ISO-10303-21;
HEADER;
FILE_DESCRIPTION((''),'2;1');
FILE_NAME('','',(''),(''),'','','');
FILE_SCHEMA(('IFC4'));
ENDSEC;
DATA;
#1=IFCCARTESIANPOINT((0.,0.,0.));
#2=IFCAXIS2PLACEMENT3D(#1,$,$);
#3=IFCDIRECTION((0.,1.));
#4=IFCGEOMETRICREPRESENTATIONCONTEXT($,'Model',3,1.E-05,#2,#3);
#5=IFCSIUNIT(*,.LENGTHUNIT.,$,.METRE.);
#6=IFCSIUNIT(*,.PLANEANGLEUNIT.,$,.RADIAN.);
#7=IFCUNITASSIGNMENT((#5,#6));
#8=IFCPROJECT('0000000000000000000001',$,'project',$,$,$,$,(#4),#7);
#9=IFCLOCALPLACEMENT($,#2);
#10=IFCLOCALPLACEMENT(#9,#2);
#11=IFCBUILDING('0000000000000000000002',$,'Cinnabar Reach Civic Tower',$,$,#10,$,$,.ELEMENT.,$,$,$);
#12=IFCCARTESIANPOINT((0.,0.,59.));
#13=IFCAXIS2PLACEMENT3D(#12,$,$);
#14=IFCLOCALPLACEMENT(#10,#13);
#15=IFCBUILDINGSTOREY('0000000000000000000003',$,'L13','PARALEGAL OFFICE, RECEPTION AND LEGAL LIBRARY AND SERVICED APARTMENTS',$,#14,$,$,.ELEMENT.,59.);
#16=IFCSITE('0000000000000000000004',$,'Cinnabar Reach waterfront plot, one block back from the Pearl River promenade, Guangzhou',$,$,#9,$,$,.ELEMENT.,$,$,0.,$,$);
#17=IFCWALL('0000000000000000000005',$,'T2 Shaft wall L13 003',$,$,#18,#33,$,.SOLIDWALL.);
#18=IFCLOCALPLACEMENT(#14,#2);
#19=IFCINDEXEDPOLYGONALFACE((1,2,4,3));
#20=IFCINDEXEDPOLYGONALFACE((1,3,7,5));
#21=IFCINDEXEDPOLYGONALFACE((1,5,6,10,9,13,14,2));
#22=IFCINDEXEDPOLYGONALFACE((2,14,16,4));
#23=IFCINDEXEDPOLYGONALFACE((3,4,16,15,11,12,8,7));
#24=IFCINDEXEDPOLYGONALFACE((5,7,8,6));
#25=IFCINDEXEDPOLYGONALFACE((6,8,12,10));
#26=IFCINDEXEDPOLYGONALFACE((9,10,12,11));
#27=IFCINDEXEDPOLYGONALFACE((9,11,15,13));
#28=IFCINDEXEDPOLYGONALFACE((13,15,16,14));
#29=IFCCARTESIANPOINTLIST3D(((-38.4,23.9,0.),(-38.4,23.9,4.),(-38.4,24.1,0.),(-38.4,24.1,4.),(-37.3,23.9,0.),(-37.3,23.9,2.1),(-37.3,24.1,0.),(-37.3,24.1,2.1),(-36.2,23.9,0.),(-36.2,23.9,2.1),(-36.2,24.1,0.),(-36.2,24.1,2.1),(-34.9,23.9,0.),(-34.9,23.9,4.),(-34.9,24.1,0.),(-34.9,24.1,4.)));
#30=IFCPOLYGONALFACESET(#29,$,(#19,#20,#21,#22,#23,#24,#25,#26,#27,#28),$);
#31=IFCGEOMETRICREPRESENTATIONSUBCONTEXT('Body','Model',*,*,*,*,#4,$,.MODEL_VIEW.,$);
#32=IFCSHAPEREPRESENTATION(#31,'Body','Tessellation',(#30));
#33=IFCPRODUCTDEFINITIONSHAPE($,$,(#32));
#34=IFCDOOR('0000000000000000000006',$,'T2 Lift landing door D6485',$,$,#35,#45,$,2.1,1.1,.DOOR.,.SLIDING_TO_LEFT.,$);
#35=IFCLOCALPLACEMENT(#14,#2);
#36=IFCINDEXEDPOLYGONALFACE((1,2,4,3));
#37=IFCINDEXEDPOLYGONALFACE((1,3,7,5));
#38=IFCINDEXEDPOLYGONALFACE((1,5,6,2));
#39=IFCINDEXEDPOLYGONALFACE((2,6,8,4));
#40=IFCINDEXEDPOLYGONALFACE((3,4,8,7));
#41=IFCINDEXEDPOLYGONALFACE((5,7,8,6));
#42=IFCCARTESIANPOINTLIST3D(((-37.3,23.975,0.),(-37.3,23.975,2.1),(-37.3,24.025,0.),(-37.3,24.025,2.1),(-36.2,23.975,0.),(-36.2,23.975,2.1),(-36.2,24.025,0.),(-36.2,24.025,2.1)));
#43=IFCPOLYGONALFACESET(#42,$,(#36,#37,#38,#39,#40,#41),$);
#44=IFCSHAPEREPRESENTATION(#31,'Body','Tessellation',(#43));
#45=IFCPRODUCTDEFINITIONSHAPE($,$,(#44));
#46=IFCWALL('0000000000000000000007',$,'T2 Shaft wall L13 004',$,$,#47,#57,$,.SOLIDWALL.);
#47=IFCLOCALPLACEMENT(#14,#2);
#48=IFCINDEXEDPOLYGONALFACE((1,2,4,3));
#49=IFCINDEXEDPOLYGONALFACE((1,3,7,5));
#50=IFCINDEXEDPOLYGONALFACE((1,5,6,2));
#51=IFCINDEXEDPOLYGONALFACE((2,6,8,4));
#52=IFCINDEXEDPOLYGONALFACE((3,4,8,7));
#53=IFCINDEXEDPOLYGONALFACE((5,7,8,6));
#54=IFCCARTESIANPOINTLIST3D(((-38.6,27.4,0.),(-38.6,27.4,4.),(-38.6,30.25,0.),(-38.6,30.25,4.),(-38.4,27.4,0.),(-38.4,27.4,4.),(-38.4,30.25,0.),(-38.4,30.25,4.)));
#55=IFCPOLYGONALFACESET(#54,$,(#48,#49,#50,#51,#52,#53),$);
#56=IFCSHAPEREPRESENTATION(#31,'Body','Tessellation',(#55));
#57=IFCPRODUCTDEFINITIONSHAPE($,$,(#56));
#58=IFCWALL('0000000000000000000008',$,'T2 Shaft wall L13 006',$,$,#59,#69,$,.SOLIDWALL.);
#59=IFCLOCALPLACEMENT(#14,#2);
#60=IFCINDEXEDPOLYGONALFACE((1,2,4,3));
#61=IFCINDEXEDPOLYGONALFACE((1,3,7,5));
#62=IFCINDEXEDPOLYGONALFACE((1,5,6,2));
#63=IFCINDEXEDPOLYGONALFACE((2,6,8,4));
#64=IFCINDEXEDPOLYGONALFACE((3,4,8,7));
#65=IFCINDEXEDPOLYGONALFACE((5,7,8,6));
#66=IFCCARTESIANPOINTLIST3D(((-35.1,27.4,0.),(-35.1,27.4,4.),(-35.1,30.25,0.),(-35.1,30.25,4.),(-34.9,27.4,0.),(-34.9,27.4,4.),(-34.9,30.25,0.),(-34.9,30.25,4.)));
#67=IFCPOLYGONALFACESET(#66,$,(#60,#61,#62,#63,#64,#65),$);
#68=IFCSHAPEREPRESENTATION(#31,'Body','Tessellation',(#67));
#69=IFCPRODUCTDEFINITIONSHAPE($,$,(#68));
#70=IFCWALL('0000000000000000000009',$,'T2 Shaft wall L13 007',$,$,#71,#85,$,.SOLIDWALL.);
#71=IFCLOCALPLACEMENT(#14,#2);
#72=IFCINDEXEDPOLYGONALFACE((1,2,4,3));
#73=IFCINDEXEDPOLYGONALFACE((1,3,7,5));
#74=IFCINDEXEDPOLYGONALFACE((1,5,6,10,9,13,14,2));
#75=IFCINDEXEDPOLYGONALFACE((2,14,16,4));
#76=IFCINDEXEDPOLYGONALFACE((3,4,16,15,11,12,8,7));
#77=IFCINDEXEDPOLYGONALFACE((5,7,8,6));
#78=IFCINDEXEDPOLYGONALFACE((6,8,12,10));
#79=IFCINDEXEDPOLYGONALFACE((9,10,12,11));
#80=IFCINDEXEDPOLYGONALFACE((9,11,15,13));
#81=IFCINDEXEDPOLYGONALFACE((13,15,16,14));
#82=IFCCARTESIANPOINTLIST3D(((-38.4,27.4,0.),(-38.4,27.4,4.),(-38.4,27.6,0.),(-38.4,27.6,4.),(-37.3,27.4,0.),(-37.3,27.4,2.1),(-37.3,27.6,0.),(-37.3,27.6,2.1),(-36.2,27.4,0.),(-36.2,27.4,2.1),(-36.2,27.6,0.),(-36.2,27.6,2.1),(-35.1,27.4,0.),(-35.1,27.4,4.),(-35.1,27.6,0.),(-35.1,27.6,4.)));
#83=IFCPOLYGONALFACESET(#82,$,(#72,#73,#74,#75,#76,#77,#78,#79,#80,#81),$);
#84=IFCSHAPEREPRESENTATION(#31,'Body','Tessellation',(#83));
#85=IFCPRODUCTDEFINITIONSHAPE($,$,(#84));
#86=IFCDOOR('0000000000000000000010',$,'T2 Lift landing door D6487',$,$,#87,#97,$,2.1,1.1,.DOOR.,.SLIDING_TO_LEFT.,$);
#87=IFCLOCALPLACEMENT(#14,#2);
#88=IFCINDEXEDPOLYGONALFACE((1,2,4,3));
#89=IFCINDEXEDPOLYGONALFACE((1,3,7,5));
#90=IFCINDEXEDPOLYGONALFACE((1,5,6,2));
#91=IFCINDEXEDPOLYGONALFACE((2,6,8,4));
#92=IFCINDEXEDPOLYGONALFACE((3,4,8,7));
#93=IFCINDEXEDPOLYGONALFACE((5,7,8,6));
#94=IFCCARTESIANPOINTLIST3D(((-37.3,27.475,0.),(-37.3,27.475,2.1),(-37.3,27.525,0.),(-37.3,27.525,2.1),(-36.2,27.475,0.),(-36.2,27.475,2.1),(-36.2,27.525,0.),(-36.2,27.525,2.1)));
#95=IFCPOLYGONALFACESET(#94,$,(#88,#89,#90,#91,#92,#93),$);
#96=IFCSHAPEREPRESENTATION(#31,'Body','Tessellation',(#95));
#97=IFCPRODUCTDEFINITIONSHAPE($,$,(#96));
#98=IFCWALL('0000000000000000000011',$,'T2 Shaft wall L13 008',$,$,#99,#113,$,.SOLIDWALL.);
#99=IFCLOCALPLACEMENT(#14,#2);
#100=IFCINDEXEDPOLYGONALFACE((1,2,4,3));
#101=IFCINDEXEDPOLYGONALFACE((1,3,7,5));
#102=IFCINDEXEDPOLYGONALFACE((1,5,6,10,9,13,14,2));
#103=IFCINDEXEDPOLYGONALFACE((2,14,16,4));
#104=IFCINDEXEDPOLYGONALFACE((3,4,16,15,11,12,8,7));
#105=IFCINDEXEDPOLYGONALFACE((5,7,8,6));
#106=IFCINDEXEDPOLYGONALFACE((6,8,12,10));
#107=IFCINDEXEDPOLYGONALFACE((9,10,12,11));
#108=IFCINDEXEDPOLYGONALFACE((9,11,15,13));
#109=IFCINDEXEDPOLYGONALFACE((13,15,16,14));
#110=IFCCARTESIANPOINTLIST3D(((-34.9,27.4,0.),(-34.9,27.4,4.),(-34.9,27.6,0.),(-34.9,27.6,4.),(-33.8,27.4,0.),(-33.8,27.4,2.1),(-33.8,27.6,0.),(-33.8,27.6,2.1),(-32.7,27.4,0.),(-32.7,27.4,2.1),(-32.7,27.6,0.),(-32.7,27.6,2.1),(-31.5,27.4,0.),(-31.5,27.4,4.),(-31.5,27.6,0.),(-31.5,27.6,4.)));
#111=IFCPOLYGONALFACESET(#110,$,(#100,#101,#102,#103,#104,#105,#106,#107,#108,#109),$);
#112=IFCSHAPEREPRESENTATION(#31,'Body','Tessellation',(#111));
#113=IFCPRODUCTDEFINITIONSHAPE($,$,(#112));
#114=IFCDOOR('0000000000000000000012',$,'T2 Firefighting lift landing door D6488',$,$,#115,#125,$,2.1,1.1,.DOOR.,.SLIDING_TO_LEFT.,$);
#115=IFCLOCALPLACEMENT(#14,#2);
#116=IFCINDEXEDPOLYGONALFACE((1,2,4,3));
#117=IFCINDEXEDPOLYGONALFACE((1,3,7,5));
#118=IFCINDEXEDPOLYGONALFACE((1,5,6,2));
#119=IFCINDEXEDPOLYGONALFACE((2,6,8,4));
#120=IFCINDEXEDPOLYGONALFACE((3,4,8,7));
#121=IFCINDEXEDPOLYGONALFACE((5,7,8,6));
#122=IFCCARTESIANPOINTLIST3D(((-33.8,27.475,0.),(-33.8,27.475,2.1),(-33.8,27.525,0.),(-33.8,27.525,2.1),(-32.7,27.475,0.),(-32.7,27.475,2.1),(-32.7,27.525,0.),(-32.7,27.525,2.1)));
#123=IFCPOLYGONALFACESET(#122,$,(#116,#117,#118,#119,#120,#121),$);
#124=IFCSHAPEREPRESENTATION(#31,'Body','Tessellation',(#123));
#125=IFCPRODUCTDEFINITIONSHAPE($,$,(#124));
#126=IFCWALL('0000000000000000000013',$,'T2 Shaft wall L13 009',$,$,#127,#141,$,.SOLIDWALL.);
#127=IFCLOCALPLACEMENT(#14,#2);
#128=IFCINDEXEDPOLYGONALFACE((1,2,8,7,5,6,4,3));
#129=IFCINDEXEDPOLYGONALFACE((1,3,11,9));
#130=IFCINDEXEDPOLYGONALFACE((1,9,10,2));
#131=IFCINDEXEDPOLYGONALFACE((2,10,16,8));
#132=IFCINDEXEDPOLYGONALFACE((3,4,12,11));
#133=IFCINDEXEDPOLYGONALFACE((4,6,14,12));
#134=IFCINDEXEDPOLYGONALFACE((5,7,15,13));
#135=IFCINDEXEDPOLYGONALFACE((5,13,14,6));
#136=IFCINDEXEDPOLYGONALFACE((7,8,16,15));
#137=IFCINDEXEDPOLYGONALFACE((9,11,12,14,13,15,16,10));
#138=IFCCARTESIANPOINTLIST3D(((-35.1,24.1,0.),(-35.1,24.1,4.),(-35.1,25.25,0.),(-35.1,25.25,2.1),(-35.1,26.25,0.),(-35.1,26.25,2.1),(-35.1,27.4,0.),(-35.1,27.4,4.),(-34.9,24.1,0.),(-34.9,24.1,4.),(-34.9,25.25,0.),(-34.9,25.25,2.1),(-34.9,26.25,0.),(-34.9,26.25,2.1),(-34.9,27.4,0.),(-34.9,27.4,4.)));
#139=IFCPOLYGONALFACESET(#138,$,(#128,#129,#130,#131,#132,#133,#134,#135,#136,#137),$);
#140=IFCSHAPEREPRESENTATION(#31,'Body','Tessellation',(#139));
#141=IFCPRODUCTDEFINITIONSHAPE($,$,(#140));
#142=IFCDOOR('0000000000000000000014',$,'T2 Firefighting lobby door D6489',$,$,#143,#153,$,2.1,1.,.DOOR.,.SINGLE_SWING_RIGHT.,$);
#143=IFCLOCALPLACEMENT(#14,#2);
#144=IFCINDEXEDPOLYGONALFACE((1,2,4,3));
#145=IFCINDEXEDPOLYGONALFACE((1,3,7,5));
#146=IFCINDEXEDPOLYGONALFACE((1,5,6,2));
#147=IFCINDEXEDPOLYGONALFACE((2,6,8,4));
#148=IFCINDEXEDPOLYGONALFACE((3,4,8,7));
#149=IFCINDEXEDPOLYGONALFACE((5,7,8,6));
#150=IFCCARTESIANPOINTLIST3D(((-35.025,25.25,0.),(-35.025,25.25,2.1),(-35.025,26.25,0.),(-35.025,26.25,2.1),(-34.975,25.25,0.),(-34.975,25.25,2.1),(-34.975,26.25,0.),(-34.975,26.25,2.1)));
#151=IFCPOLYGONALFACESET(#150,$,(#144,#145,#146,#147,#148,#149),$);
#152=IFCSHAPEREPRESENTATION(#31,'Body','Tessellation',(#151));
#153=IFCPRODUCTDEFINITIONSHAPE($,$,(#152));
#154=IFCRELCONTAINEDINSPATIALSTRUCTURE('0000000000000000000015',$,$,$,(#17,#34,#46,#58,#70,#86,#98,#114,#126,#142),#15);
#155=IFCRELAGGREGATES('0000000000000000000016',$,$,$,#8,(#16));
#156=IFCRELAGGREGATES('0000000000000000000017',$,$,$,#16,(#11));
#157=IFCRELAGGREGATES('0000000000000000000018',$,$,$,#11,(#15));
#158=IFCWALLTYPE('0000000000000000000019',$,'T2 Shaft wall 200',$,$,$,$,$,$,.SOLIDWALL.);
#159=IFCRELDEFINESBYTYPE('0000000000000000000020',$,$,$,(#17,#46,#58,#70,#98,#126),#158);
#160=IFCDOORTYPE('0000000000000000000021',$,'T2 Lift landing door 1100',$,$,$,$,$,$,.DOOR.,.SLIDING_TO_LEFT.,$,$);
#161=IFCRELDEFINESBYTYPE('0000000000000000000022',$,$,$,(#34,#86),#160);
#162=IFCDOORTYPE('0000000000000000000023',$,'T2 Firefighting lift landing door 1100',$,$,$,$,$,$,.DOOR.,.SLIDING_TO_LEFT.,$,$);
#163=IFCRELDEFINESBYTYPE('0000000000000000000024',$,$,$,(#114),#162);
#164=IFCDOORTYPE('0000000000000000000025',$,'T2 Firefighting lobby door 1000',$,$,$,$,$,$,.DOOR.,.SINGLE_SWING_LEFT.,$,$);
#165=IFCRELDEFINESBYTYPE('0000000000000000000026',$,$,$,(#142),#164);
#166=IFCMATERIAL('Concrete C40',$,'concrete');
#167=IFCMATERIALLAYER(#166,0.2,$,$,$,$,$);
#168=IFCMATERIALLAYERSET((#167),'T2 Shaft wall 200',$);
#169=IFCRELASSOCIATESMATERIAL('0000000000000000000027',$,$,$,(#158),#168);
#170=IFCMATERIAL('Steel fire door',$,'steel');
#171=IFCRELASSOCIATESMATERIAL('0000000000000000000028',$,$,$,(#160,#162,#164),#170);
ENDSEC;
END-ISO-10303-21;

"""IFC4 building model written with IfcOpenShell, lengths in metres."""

from ifc_helpers import new_model, si_unit, direction, frame, frame_2d, origin, place, context, subcontext, project, spatial, rectangle, extrude, material, layer, layer_set, type_object, element, fill, save


model = new_model("IFC4")

# Units and contexts
model_context = context("Model", 3, precision=1e-05, world=origin(), true_north=direction((0.0, 1.0)))
body_context = subcontext(model_context, "Body", "Model", "MODEL_VIEW")
ifc_project = project(units=[si_unit("LENGTHUNIT", "METRE"), si_unit("PLANEANGLEUNIT", "RADIAN")], contexts=[model_context])

# Site, building, storey
site_placement = place(None, origin())
site = spatial("IfcSite", under=ifc_project, at=site_placement, Name="Cinnabar Reach waterfront plot, one block back from the Pearl River promenade, Guangzhou", CompositionType="ELEMENT", RefElevation=0.0)
building_placement = place(site_placement, origin())
building = spatial("IfcBuilding", under=site, at=building_placement, Name="Cinnabar Reach Civic Tower", CompositionType="ELEMENT")
storey_placement = place(building_placement, frame((0.0, 0.0, 59.0)))
storey = spatial("IfcBuildingStorey", under=building, at=storey_placement, Name="L13", Description="PARALEGAL OFFICE, RECEPTION AND LEGAL LIBRARY AND SERVICED APARTMENTS", CompositionType="ELEMENT", Elevation=59.0)

# Shared definitions
ifc_material_1 = material(Name="Steel fire door", Category="steel")

# Shared definitions
ifc_material_2 = material(Name="Concrete C40", Category="concrete")

# Wall, opening, door
ifc_layer_1 = layer(ifc_material_2, 0.2)
ifc_layer_set_1 = layer_set([ifc_layer_1], Name="T2 Shaft wall 200")
wall_type_1 = type_object("IfcWallType", Name="T2 Shaft wall 200", PredefinedType="SOLIDWALL", material=ifc_layer_set_1)
wall_1_placement = place(storey_placement, frame((-34.9, 24.0, 0.0), z_axis=(0.0, 0.0, 1.0), x_axis=(-1.0, 0.0, 0.0)))
wall_1 = element("IfcWall", 1, at=wall_1_placement, inside=storey, type_object=wall_type_1, Name="T2 Shaft wall L13 003", PredefinedType="SOLIDWALL", context=body_context, shape_type="SweptSolid", body=[
    extrude(rectangle(XDim=3.5, YDim=0.2, at=frame_2d((1.75, 0.0))), origin(), (0.0, 0.0, 1.0), 4.0),
])
opening_1_placement = place(wall_1_placement, frame((1.3, 0.0, 0.0)))
opening_1 = element("IfcOpeningElement", 2, at=opening_1_placement, cuts=wall_1, PredefinedType="OPENING", context=body_context, shape_type="SweptSolid", body=[
    extrude(rectangle(XDim=1.1, YDim=2.1, at=frame_2d((0.55, 1.05))), frame((0.0, 0.11, 0.0), z_axis=(0.0, -1.0, 0.0), x_axis=(1.0, 0.0, 0.0)), (0.0, 0.0, 1.0), 0.22),
])
door_type_1 = type_object("IfcDoorType", Name="T2 Lift landing door 1100", OperationType="SLIDING_TO_LEFT", PredefinedType="DOOR", material=ifc_material_1)
door_1_placement = place(opening_1_placement, origin())
door_1 = element("IfcDoor", 3, at=door_1_placement, inside=storey, type_object=door_type_1, Name="T2 Lift landing door D6485", OperationType="SLIDING_TO_LEFT", OverallHeight=2.1, OverallWidth=1.1, PredefinedType="DOOR", context=body_context, shape_type="SweptSolid", body=[
    extrude(rectangle(XDim=1.1, YDim=2.1, at=frame_2d((0.55, 1.05))), frame((0.0, 0.025, 0.0), z_axis=(0.0, -1.0, 0.0), x_axis=(1.0, 0.0, 0.0)), (0.0, 0.0, 1.0), 0.05),
])
fill(opening_1, door_1)

# Walls
for number, where, z_axis, x_axis, name in (
    (4, (-38.5, 27.4, 0.0), (0.0, 0.0, 1.0), (0.0, 1.0, 0.0), "T2 Shaft wall L13 004"),
    (5, (-35.0, 27.4, 0.0), (0.0, 0.0, 1.0), (0.0, 1.0, 0.0), "T2 Shaft wall L13 006"),
):
    element("IfcWall", number, at=place(storey_placement, frame(where, z_axis=z_axis, x_axis=x_axis)), inside=storey, type_object=wall_type_1, Name=name, PredefinedType="SOLIDWALL", context=body_context, shape_type="SweptSolid", body=[
        extrude(rectangle(XDim=2.85, YDim=0.2, at=frame_2d((1.425, 0.0))), origin(), (0.0, 0.0, 1.0), 4.0),
    ])

# Walls, openings, doors
wall_2_placement = place(storey_placement, frame((-38.4, 27.5, 0.0), z_axis=(0.0, 0.0, 1.0), x_axis=(1.0, 0.0, 0.0)))
wall_2 = element("IfcWall", 6, at=wall_2_placement, inside=storey, type_object=wall_type_1, Name="T2 Shaft wall L13 007", PredefinedType="SOLIDWALL", context=body_context, shape_type="SweptSolid", body=[
    extrude(rectangle(XDim=3.3, YDim=0.2, at=frame_2d((1.65, 0.0))), origin(), (0.0, 0.0, 1.0), 4.0),
])
opening_2_placement = place(wall_2_placement, frame((1.1, 0.0, 0.0)))
opening_2 = element("IfcOpeningElement", 7, at=opening_2_placement, cuts=wall_2, PredefinedType="OPENING", context=body_context, shape_type="SweptSolid", body=[
    extrude(rectangle(XDim=1.1, YDim=2.1, at=frame_2d((0.55, 1.05))), frame((0.0, 0.11, 0.0), z_axis=(0.0, -1.0, 0.0), x_axis=(1.0, 0.0, 0.0)), (0.0, 0.0, 1.0), 0.22),
])
door_2_placement = place(opening_2_placement, origin())
door_2 = element("IfcDoor", 8, at=door_2_placement, inside=storey, type_object=door_type_1, Name="T2 Lift landing door D6487", OperationType="SLIDING_TO_LEFT", OverallHeight=2.1, OverallWidth=1.1, PredefinedType="DOOR", context=body_context, shape_type="SweptSolid", body=[
    extrude(rectangle(XDim=1.1, YDim=2.1, at=frame_2d((0.55, 1.05))), frame((0.0, 0.025, 0.0), z_axis=(0.0, -1.0, 0.0), x_axis=(1.0, 0.0, 0.0)), (0.0, 0.0, 1.0), 0.05),
])
fill(opening_2, door_2)
wall_3_placement = place(storey_placement, frame((-34.9, 27.5, 0.0), z_axis=(0.0, 0.0, 1.0), x_axis=(1.0, 0.0, 0.0)))
wall_3 = element("IfcWall", 9, at=wall_3_placement, inside=storey, type_object=wall_type_1, Name="T2 Shaft wall L13 008", PredefinedType="SOLIDWALL", context=body_context, shape_type="SweptSolid", body=[
    extrude(rectangle(XDim=3.4, YDim=0.2, at=frame_2d((1.7, 0.0))), origin(), (0.0, 0.0, 1.0), 4.0),
])
opening_3_placement = place(wall_3_placement, frame((1.1, 0.0, 0.0)))
opening_3 = element("IfcOpeningElement", 10, at=opening_3_placement, cuts=wall_3, PredefinedType="OPENING", context=body_context, shape_type="SweptSolid", body=[
    extrude(rectangle(XDim=1.1, YDim=2.1, at=frame_2d((0.55, 1.05))), frame((0.0, 0.11, 0.0), z_axis=(0.0, -1.0, 0.0), x_axis=(1.0, 0.0, 0.0)), (0.0, 0.0, 1.0), 0.22),
])
door_type_2 = type_object("IfcDoorType", Name="T2 Firefighting lift landing door 1100", OperationType="SLIDING_TO_LEFT", PredefinedType="DOOR", material=ifc_material_1)
door_3_placement = place(opening_3_placement, origin())
door_3 = element("IfcDoor", 11, at=door_3_placement, inside=storey, type_object=door_type_2, Name="T2 Firefighting lift landing door D6488", OperationType="SLIDING_TO_LEFT", OverallHeight=2.1, OverallWidth=1.1, PredefinedType="DOOR", context=body_context, shape_type="SweptSolid", body=[
    extrude(rectangle(XDim=1.1, YDim=2.1, at=frame_2d((0.55, 1.05))), frame((0.0, 0.025, 0.0), z_axis=(0.0, -1.0, 0.0), x_axis=(1.0, 0.0, 0.0)), (0.0, 0.0, 1.0), 0.05),
])
fill(opening_3, door_3)
wall_4_placement = place(storey_placement, frame((-35.0, 24.1, 0.0), z_axis=(0.0, 0.0, 1.0), x_axis=(0.0, 1.0, 0.0)))
wall_4 = element("IfcWall", 12, at=wall_4_placement, inside=storey, type_object=wall_type_1, Name="T2 Shaft wall L13 009", PredefinedType="SOLIDWALL", context=body_context, shape_type="SweptSolid", body=[
    extrude(rectangle(XDim=3.3, YDim=0.2, at=frame_2d((1.65, 0.0))), origin(), (0.0, 0.0, 1.0), 4.0),
])
opening_4_placement = place(wall_4_placement, frame((1.15, 0.0, 0.0)))
opening_4 = element("IfcOpeningElement", 13, at=opening_4_placement, cuts=wall_4, PredefinedType="OPENING", context=body_context, shape_type="SweptSolid", body=[
    extrude(rectangle(XDim=1.0, YDim=2.1, at=frame_2d((0.5, 1.05))), frame((0.0, 0.11, 0.0), z_axis=(0.0, -1.0, 0.0), x_axis=(1.0, 0.0, 0.0)), (0.0, 0.0, 1.0), 0.22),
])
door_type_3 = type_object("IfcDoorType", Name="T2 Firefighting lobby door 1000", OperationType="SINGLE_SWING_LEFT", PredefinedType="DOOR", material=ifc_material_1)
door_4_placement = place(opening_4_placement, origin())
door_4 = element("IfcDoor", 14, at=door_4_placement, inside=storey, type_object=door_type_3, Name="T2 Firefighting lobby door D6489", OperationType="SINGLE_SWING_RIGHT", OverallHeight=2.1, OverallWidth=1.0, PredefinedType="DOOR", context=body_context, shape_type="SweptSolid", body=[
    extrude(rectangle(XDim=1.0, YDim=2.1, at=frame_2d((0.5, 1.05))), frame((0.0, 0.025, 0.0), z_axis=(0.0, -1.0, 0.0), x_axis=(1.0, 0.0, 0.0)), (0.0, 0.0, 1.0), 0.05),
])
fill(opening_4, door_4)

save(model, "model.ifc")
